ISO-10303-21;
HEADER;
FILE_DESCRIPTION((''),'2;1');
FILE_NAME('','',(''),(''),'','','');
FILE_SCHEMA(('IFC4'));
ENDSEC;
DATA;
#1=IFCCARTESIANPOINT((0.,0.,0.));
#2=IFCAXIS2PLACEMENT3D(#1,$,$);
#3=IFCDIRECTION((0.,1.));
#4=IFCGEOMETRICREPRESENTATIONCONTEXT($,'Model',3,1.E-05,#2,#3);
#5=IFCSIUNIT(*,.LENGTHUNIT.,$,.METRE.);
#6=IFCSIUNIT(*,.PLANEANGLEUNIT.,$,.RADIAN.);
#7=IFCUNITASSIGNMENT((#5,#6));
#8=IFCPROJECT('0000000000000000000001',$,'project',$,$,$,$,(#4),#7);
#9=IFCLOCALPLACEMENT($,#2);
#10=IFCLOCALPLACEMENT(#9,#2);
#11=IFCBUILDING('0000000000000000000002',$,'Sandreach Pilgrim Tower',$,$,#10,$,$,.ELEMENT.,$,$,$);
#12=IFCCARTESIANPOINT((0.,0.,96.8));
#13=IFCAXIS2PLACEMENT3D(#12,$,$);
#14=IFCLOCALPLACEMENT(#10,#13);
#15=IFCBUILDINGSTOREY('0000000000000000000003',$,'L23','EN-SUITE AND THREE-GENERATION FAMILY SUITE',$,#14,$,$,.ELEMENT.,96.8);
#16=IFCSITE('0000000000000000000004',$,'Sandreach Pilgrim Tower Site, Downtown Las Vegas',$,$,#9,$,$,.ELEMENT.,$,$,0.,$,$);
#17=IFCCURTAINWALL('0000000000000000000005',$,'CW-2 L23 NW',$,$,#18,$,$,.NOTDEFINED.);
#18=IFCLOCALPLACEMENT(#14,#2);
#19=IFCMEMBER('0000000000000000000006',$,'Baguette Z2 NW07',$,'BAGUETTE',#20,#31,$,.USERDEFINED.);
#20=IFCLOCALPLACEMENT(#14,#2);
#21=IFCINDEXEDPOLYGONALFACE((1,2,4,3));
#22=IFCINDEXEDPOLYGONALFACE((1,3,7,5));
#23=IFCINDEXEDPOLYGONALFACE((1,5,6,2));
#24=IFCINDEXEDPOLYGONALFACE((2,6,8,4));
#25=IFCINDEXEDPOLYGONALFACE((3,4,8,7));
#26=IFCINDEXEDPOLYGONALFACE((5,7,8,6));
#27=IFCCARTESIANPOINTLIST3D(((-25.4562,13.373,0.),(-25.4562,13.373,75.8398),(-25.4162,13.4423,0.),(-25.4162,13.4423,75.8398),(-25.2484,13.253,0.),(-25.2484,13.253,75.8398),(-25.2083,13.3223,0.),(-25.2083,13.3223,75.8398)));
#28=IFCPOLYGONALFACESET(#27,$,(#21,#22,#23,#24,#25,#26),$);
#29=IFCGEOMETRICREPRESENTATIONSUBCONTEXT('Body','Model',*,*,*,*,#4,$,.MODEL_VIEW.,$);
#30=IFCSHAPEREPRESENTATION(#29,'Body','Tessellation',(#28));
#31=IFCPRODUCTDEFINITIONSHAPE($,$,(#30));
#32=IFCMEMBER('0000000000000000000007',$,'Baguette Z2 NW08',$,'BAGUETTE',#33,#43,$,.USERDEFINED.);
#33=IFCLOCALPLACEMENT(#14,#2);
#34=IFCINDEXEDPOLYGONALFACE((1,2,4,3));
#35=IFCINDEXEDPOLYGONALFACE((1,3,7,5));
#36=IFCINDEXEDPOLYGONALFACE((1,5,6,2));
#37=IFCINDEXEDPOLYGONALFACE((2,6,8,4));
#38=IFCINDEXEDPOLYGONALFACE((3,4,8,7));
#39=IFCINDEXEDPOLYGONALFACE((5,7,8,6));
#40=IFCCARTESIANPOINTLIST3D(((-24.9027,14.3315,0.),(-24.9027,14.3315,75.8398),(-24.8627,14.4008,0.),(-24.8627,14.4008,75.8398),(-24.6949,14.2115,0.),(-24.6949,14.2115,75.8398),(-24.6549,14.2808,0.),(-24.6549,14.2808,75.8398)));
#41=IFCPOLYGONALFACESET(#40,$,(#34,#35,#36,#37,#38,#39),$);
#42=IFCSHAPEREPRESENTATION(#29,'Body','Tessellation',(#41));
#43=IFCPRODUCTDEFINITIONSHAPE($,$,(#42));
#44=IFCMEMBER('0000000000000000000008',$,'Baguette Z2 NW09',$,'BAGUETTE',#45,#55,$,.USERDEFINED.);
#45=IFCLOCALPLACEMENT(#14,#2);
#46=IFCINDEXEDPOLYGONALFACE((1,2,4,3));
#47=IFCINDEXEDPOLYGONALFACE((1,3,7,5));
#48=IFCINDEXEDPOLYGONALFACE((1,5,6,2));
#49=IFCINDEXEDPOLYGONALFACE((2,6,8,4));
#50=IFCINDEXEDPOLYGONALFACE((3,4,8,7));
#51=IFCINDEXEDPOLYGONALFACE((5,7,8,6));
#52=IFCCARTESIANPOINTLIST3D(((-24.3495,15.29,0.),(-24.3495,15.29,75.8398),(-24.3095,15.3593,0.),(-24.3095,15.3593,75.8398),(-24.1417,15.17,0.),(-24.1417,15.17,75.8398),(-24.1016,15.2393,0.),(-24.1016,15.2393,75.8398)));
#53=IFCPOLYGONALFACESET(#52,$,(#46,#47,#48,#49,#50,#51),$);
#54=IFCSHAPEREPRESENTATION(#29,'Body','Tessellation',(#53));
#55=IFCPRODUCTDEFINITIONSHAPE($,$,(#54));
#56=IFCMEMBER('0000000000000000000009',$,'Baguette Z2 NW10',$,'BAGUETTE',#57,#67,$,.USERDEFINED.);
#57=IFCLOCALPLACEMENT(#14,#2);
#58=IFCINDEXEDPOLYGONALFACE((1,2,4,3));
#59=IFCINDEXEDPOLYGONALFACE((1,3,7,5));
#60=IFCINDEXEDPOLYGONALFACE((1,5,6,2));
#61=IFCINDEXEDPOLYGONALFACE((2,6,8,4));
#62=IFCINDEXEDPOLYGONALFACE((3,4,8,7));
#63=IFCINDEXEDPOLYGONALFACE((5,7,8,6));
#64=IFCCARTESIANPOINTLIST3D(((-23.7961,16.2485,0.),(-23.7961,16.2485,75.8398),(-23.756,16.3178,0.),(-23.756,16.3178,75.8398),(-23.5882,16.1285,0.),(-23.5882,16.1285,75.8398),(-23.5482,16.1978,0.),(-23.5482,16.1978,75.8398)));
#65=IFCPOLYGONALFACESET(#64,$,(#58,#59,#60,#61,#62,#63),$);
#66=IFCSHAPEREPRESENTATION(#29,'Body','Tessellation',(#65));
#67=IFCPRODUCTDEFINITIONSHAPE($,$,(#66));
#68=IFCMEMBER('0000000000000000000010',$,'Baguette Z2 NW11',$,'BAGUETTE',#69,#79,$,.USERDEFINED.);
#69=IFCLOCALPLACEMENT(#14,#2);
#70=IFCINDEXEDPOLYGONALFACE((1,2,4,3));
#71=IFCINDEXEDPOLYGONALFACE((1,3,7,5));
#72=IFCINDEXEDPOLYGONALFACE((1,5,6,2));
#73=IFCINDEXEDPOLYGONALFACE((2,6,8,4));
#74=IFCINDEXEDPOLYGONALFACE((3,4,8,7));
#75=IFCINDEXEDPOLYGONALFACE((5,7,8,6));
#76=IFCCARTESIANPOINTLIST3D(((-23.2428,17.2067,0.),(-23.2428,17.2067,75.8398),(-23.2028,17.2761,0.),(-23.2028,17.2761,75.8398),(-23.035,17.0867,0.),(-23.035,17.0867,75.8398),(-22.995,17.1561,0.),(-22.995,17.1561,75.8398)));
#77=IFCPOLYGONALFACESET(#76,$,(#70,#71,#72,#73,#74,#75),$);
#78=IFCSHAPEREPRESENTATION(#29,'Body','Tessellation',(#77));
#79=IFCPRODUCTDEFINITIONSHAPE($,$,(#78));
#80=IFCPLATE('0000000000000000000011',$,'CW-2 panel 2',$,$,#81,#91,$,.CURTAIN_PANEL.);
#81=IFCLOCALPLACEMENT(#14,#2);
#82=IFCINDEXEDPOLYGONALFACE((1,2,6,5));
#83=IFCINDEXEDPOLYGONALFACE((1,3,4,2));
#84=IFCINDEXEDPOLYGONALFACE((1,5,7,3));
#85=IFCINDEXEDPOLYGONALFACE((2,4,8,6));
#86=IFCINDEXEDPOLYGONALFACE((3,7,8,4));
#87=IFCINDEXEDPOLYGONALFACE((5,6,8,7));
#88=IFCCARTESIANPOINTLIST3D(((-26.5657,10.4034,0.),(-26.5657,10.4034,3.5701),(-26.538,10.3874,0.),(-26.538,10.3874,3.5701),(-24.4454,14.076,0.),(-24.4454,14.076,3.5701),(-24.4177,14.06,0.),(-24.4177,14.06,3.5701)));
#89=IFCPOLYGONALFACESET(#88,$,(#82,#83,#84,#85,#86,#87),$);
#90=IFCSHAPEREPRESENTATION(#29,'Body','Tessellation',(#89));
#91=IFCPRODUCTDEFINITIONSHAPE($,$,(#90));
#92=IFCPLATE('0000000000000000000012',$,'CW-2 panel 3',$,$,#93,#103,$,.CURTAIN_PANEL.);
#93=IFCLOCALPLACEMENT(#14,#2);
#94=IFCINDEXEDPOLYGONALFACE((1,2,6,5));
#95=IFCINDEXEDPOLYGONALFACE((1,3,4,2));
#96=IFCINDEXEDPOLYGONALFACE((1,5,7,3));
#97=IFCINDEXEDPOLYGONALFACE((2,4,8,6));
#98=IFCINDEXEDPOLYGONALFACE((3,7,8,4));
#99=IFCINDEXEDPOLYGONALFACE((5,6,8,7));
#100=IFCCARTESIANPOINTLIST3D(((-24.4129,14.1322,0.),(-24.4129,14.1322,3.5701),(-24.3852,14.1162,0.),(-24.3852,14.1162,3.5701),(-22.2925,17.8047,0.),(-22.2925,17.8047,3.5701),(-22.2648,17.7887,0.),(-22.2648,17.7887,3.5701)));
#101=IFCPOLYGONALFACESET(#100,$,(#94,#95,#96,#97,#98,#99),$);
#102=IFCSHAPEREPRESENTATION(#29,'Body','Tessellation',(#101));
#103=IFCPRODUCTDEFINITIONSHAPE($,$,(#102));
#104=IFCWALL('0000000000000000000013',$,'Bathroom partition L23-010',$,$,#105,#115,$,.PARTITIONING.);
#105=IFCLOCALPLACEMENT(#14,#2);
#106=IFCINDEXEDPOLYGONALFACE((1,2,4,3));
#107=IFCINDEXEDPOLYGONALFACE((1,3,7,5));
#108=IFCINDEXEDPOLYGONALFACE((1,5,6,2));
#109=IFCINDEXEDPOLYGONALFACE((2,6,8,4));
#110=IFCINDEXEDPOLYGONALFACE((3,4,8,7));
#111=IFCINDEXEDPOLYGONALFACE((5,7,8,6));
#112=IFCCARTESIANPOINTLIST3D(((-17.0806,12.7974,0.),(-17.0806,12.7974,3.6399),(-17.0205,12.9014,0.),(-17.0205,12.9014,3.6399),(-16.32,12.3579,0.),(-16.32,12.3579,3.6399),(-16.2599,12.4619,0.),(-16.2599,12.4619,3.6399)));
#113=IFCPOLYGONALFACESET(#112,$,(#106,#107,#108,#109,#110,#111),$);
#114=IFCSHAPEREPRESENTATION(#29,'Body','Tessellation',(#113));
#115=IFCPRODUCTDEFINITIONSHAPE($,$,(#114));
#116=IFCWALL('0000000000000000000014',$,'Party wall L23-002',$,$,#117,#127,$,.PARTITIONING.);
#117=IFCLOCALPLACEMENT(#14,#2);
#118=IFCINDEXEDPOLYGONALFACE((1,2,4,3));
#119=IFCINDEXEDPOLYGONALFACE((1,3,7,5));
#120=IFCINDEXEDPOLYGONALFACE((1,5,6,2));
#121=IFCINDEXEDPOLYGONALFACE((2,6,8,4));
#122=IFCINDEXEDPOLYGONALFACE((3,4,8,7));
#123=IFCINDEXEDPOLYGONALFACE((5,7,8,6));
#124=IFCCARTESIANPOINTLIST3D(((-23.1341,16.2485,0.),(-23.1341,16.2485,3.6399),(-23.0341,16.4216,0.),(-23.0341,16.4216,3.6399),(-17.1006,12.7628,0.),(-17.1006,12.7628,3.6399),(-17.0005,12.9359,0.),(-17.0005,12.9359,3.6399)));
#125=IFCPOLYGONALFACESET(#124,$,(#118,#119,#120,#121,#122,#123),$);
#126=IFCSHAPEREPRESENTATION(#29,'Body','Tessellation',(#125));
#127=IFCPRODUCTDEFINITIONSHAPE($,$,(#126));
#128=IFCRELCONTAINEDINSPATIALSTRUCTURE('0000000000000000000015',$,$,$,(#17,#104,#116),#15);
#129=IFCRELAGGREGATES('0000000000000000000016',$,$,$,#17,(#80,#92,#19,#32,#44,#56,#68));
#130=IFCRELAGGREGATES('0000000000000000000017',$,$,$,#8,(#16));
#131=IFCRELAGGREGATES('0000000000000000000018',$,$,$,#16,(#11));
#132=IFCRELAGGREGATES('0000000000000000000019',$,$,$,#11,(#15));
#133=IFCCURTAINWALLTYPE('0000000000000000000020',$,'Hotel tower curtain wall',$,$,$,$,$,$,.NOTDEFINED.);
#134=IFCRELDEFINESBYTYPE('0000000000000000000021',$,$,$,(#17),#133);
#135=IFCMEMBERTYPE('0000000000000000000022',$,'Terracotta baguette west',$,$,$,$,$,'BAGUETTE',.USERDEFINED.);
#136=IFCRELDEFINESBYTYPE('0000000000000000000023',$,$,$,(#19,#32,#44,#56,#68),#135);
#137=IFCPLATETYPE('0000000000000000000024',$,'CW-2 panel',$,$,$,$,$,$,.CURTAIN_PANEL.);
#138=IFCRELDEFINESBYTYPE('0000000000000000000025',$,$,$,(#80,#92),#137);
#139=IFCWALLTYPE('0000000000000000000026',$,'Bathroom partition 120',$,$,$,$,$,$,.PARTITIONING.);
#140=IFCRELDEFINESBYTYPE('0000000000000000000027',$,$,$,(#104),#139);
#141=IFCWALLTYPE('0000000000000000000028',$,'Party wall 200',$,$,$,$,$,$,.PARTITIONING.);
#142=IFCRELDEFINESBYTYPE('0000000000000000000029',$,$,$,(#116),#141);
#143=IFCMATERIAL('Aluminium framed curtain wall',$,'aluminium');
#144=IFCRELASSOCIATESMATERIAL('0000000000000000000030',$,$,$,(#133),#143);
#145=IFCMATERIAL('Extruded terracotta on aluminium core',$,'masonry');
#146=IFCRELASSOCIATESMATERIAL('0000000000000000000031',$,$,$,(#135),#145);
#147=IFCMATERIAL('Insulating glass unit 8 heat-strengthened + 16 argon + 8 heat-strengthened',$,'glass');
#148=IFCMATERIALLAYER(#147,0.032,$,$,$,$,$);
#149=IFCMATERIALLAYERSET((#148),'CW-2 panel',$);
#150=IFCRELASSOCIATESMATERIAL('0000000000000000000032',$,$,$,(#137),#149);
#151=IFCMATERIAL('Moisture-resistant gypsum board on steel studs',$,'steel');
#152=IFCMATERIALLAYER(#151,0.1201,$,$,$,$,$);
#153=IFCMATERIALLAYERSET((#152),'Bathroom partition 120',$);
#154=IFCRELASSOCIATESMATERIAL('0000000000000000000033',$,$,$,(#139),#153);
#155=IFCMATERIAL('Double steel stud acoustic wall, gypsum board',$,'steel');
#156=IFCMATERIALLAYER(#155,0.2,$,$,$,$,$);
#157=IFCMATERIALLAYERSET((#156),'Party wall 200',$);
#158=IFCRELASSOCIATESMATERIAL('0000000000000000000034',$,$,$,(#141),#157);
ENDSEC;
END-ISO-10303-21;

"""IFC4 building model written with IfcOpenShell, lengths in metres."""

from ifc_helpers import new_model, si_unit, direction, frame, frame_2d, origin, origin_2d, place, context, subcontext, project, spatial, rectangle, extrude, material, layer, layer_set, material_profile, profile_set, type_object, element, aggregate, save


model = new_model("IFC4")

# Units and contexts
model_context = context("Model", 3, precision=1e-05, world=origin(), true_north=direction((0.0, 1.0)))
body_context = subcontext(model_context, "Body", "Model", "MODEL_VIEW")
ifc_project = project(units=[si_unit("LENGTHUNIT", "METRE"), si_unit("PLANEANGLEUNIT", "RADIAN")], contexts=[model_context])

# Site, building, storey
site_placement = place(None, origin())
site = spatial("IfcSite", under=ifc_project, at=site_placement, Name="Sandreach Pilgrim Tower Site, Downtown Las Vegas", CompositionType="ELEMENT", RefElevation=0.0)
building_placement = place(site_placement, origin())
building = spatial("IfcBuilding", under=site, at=building_placement, Name="Sandreach Pilgrim Tower", CompositionType="ELEMENT")
storey_placement = place(building_placement, frame((0.0, 0.0, 96.8)))
storey = spatial("IfcBuildingStorey", under=building, at=storey_placement, Name="L23", Description="EN-SUITE AND THREE-GENERATION FAMILY SUITE", CompositionType="ELEMENT", Elevation=96.8)

# Curtain wall
ifc_material_1 = material(Name="Aluminium framed curtain wall", Category="aluminium")
curtain_wall_type = type_object("IfcCurtainWallType", Name="Hotel tower curtain wall", PredefinedType="NOTDEFINED", material=ifc_material_1)
curtain_wall_placement = place(storey_placement, origin())
curtain_wall = element("IfcCurtainWall", 1, at=curtain_wall_placement, inside=storey, type_object=curtain_wall_type, Name="CW-2 L23 NW", PredefinedType="NOTDEFINED")

# Members
ifc_material_2 = material(Name="Extruded terracotta on aluminium core", Category="masonry")
ifc_material_profile_1 = material_profile(ifc_material_2, rectangle(XDim=0.0801, YDim=0.24, at=origin_2d()), Name="TBW 80X240")
ifc_profile_set_1 = profile_set([ifc_material_profile_1], Name="Extruded terracotta on aluminium core")
member_type_1 = type_object("IfcMemberType", Name="Terracotta baguette west", ElementType="BAGUETTE", PredefinedType="USERDEFINED", material=ifc_profile_set_1)
member_1_placement = place(storey_placement, frame((-25.3323, 13.3477, 0.0), z_axis=(0.0, 0.0, 1.0), x_axis=(0.5, 0.866025, 0.0)))
member_1 = element("IfcMember", 2, at=member_1_placement, type_object=member_type_1, Name="Baguette Z2 NW07", ObjectType="BAGUETTE", PredefinedType="USERDEFINED", context=body_context, shape_type="SweptSolid", body=[
    extrude(rectangle(XDim=0.0801, YDim=0.24, at=origin_2d()), origin(), (0.0, 0.0, 1.0), 75.8398),
])
member_2_placement = place(storey_placement, frame((-24.7788, 14.3062, 0.0), z_axis=(0.0, 0.0, 1.0), x_axis=(0.5, 0.866025, 0.0)))
member_2 = element("IfcMember", 3, at=member_2_placement, type_object=member_type_1, Name="Baguette Z2 NW08", ObjectType="BAGUETTE", PredefinedType="USERDEFINED", context=body_context, shape_type="SweptSolid", body=[
    extrude(rectangle(XDim=0.0801, YDim=0.24, at=origin_2d()), origin(), (0.0, 0.0, 1.0), 75.8398),
])
member_3_placement = place(storey_placement, frame((-24.2256, 15.2646, 0.0), z_axis=(0.0, 0.0, 1.0), x_axis=(0.5, 0.866025, 0.0)))
member_3 = element("IfcMember", 4, at=member_3_placement, type_object=member_type_1, Name="Baguette Z2 NW09", ObjectType="BAGUETTE", PredefinedType="USERDEFINED", context=body_context, shape_type="SweptSolid", body=[
    extrude(rectangle(XDim=0.0801, YDim=0.24, at=origin_2d()), origin(), (0.0, 0.0, 1.0), 75.8398),
])
member_4_placement = place(storey_placement, frame((-23.6721, 16.2231, 0.0), z_axis=(0.0, 0.0, 1.0), x_axis=(0.5, 0.866025, 0.0)))
member_4 = element("IfcMember", 5, at=member_4_placement, type_object=member_type_1, Name="Baguette Z2 NW10", ObjectType="BAGUETTE", PredefinedType="USERDEFINED", context=body_context, shape_type="SweptSolid", body=[
    extrude(rectangle(XDim=0.0801, YDim=0.24, at=origin_2d()), origin(), (0.0, 0.0, 1.0), 75.8398),
])
member_5_placement = place(storey_placement, frame((-23.1189, 17.1814, 0.0), z_axis=(0.0, 0.0, 1.0), x_axis=(0.5, 0.866025, 0.0)))
member_5 = element("IfcMember", 6, at=member_5_placement, type_object=member_type_1, Name="Baguette Z2 NW11", ObjectType="BAGUETTE", PredefinedType="USERDEFINED", context=body_context, shape_type="SweptSolid", body=[
    extrude(rectangle(XDim=0.0801, YDim=0.24, at=origin_2d()), origin(), (0.0, 0.0, 1.0), 75.8398),
])

# Plates
ifc_material_3 = material(Name="Insulating glass unit 8 heat-strengthened + 16 argon + 8 heat-strengthened", Category="glass")
ifc_layer_1 = layer(ifc_material_3, 0.032)
ifc_layer_set_1 = layer_set([ifc_layer_1], Name="CW-2 panel")
plate_type = type_object("IfcPlateType", Name="CW-2 panel", PredefinedType="CURTAIN_PANEL", material=ifc_layer_set_1)
plate_1_placement = place(storey_placement, frame((-25.4917, 12.2317, 0.0), z_axis=(0.0, 0.0, 1.0), x_axis=(0.5, 0.866025, 0.0)))
plate_1 = element("IfcPlate", 7, at=plate_1_placement, type_object=plate_type, Name="CW-2 panel 2", PredefinedType="CURTAIN_PANEL", context=body_context, shape_type="SweptSolid", body=[
    extrude(rectangle(XDim=4.2407, YDim=0.032, at=origin_2d()), origin(), (0.0, 0.0, 1.0), 3.5701),
])
plate_2_placement = place(storey_placement, frame((-23.3389, 15.9604, 0.0), z_axis=(0.0, 0.0, 1.0), x_axis=(0.5, 0.866025, 0.0)))
plate_2 = element("IfcPlate", 8, at=plate_2_placement, type_object=plate_type, Name="CW-2 panel 3", PredefinedType="CURTAIN_PANEL", context=body_context, shape_type="SweptSolid", body=[
    extrude(rectangle(XDim=4.2407, YDim=0.032, at=origin_2d()), origin(), (0.0, 0.0, 1.0), 3.5701),
])
aggregate(curtain_wall, [plate_1, plate_2, member_1, member_2, member_3, member_4, member_5])

# Walls
ifc_material_4 = material(Name="Moisture-resistant gypsum board on steel studs", Category="steel")
ifc_layer_2 = layer(ifc_material_4, 0.1201)
ifc_layer_set_2 = layer_set([ifc_layer_2], Name="Bathroom partition 120")
wall_type_1 = type_object("IfcWallType", Name="Bathroom partition 120", PredefinedType="PARTITIONING", material=ifc_layer_set_2)
wall_1_placement = place(storey_placement, frame((-17.0505, 12.8494, 0.0), z_axis=(0.0, 0.0, 1.0), x_axis=(0.865838, -0.500324, 0.0)))
element("IfcWall", 9, at=wall_1_placement, inside=storey, type_object=wall_type_1, Name="Bathroom partition L23-010", PredefinedType="PARTITIONING", context=body_context, shape_type="SweptSolid", body=[
    extrude(rectangle(XDim=0.8784, YDim=0.1201, at=frame_2d((0.4392, 0.0))), origin(), (0.0, 0.0, 1.0), 3.6399),
])
ifc_material_5 = material(Name="Double steel stud acoustic wall, gypsum board", Category="steel")
ifc_layer_3 = layer(ifc_material_5, 0.2)
ifc_layer_set_3 = layer_set([ifc_layer_3], Name="Party wall 200")
wall_type_2 = type_object("IfcWallType", Name="Party wall 200", PredefinedType="PARTITIONING", material=ifc_layer_set_3)
wall_2_placement = place(storey_placement, frame((-23.084, 16.335, 0.0), z_axis=(0.0, 0.0, 1.0), x_axis=(0.86589, -0.500235, 0.0)))
element("IfcWall", 10, at=wall_2_placement, inside=storey, type_object=wall_type_2, Name="Party wall L23-002", PredefinedType="PARTITIONING", context=body_context, shape_type="SweptSolid", body=[
    extrude(rectangle(XDim=6.968, YDim=0.2, at=frame_2d((3.4839, 0.0))), origin(), (0.0, 0.0, 1.0), 3.6399),
])

save(model, "model.ifc")
